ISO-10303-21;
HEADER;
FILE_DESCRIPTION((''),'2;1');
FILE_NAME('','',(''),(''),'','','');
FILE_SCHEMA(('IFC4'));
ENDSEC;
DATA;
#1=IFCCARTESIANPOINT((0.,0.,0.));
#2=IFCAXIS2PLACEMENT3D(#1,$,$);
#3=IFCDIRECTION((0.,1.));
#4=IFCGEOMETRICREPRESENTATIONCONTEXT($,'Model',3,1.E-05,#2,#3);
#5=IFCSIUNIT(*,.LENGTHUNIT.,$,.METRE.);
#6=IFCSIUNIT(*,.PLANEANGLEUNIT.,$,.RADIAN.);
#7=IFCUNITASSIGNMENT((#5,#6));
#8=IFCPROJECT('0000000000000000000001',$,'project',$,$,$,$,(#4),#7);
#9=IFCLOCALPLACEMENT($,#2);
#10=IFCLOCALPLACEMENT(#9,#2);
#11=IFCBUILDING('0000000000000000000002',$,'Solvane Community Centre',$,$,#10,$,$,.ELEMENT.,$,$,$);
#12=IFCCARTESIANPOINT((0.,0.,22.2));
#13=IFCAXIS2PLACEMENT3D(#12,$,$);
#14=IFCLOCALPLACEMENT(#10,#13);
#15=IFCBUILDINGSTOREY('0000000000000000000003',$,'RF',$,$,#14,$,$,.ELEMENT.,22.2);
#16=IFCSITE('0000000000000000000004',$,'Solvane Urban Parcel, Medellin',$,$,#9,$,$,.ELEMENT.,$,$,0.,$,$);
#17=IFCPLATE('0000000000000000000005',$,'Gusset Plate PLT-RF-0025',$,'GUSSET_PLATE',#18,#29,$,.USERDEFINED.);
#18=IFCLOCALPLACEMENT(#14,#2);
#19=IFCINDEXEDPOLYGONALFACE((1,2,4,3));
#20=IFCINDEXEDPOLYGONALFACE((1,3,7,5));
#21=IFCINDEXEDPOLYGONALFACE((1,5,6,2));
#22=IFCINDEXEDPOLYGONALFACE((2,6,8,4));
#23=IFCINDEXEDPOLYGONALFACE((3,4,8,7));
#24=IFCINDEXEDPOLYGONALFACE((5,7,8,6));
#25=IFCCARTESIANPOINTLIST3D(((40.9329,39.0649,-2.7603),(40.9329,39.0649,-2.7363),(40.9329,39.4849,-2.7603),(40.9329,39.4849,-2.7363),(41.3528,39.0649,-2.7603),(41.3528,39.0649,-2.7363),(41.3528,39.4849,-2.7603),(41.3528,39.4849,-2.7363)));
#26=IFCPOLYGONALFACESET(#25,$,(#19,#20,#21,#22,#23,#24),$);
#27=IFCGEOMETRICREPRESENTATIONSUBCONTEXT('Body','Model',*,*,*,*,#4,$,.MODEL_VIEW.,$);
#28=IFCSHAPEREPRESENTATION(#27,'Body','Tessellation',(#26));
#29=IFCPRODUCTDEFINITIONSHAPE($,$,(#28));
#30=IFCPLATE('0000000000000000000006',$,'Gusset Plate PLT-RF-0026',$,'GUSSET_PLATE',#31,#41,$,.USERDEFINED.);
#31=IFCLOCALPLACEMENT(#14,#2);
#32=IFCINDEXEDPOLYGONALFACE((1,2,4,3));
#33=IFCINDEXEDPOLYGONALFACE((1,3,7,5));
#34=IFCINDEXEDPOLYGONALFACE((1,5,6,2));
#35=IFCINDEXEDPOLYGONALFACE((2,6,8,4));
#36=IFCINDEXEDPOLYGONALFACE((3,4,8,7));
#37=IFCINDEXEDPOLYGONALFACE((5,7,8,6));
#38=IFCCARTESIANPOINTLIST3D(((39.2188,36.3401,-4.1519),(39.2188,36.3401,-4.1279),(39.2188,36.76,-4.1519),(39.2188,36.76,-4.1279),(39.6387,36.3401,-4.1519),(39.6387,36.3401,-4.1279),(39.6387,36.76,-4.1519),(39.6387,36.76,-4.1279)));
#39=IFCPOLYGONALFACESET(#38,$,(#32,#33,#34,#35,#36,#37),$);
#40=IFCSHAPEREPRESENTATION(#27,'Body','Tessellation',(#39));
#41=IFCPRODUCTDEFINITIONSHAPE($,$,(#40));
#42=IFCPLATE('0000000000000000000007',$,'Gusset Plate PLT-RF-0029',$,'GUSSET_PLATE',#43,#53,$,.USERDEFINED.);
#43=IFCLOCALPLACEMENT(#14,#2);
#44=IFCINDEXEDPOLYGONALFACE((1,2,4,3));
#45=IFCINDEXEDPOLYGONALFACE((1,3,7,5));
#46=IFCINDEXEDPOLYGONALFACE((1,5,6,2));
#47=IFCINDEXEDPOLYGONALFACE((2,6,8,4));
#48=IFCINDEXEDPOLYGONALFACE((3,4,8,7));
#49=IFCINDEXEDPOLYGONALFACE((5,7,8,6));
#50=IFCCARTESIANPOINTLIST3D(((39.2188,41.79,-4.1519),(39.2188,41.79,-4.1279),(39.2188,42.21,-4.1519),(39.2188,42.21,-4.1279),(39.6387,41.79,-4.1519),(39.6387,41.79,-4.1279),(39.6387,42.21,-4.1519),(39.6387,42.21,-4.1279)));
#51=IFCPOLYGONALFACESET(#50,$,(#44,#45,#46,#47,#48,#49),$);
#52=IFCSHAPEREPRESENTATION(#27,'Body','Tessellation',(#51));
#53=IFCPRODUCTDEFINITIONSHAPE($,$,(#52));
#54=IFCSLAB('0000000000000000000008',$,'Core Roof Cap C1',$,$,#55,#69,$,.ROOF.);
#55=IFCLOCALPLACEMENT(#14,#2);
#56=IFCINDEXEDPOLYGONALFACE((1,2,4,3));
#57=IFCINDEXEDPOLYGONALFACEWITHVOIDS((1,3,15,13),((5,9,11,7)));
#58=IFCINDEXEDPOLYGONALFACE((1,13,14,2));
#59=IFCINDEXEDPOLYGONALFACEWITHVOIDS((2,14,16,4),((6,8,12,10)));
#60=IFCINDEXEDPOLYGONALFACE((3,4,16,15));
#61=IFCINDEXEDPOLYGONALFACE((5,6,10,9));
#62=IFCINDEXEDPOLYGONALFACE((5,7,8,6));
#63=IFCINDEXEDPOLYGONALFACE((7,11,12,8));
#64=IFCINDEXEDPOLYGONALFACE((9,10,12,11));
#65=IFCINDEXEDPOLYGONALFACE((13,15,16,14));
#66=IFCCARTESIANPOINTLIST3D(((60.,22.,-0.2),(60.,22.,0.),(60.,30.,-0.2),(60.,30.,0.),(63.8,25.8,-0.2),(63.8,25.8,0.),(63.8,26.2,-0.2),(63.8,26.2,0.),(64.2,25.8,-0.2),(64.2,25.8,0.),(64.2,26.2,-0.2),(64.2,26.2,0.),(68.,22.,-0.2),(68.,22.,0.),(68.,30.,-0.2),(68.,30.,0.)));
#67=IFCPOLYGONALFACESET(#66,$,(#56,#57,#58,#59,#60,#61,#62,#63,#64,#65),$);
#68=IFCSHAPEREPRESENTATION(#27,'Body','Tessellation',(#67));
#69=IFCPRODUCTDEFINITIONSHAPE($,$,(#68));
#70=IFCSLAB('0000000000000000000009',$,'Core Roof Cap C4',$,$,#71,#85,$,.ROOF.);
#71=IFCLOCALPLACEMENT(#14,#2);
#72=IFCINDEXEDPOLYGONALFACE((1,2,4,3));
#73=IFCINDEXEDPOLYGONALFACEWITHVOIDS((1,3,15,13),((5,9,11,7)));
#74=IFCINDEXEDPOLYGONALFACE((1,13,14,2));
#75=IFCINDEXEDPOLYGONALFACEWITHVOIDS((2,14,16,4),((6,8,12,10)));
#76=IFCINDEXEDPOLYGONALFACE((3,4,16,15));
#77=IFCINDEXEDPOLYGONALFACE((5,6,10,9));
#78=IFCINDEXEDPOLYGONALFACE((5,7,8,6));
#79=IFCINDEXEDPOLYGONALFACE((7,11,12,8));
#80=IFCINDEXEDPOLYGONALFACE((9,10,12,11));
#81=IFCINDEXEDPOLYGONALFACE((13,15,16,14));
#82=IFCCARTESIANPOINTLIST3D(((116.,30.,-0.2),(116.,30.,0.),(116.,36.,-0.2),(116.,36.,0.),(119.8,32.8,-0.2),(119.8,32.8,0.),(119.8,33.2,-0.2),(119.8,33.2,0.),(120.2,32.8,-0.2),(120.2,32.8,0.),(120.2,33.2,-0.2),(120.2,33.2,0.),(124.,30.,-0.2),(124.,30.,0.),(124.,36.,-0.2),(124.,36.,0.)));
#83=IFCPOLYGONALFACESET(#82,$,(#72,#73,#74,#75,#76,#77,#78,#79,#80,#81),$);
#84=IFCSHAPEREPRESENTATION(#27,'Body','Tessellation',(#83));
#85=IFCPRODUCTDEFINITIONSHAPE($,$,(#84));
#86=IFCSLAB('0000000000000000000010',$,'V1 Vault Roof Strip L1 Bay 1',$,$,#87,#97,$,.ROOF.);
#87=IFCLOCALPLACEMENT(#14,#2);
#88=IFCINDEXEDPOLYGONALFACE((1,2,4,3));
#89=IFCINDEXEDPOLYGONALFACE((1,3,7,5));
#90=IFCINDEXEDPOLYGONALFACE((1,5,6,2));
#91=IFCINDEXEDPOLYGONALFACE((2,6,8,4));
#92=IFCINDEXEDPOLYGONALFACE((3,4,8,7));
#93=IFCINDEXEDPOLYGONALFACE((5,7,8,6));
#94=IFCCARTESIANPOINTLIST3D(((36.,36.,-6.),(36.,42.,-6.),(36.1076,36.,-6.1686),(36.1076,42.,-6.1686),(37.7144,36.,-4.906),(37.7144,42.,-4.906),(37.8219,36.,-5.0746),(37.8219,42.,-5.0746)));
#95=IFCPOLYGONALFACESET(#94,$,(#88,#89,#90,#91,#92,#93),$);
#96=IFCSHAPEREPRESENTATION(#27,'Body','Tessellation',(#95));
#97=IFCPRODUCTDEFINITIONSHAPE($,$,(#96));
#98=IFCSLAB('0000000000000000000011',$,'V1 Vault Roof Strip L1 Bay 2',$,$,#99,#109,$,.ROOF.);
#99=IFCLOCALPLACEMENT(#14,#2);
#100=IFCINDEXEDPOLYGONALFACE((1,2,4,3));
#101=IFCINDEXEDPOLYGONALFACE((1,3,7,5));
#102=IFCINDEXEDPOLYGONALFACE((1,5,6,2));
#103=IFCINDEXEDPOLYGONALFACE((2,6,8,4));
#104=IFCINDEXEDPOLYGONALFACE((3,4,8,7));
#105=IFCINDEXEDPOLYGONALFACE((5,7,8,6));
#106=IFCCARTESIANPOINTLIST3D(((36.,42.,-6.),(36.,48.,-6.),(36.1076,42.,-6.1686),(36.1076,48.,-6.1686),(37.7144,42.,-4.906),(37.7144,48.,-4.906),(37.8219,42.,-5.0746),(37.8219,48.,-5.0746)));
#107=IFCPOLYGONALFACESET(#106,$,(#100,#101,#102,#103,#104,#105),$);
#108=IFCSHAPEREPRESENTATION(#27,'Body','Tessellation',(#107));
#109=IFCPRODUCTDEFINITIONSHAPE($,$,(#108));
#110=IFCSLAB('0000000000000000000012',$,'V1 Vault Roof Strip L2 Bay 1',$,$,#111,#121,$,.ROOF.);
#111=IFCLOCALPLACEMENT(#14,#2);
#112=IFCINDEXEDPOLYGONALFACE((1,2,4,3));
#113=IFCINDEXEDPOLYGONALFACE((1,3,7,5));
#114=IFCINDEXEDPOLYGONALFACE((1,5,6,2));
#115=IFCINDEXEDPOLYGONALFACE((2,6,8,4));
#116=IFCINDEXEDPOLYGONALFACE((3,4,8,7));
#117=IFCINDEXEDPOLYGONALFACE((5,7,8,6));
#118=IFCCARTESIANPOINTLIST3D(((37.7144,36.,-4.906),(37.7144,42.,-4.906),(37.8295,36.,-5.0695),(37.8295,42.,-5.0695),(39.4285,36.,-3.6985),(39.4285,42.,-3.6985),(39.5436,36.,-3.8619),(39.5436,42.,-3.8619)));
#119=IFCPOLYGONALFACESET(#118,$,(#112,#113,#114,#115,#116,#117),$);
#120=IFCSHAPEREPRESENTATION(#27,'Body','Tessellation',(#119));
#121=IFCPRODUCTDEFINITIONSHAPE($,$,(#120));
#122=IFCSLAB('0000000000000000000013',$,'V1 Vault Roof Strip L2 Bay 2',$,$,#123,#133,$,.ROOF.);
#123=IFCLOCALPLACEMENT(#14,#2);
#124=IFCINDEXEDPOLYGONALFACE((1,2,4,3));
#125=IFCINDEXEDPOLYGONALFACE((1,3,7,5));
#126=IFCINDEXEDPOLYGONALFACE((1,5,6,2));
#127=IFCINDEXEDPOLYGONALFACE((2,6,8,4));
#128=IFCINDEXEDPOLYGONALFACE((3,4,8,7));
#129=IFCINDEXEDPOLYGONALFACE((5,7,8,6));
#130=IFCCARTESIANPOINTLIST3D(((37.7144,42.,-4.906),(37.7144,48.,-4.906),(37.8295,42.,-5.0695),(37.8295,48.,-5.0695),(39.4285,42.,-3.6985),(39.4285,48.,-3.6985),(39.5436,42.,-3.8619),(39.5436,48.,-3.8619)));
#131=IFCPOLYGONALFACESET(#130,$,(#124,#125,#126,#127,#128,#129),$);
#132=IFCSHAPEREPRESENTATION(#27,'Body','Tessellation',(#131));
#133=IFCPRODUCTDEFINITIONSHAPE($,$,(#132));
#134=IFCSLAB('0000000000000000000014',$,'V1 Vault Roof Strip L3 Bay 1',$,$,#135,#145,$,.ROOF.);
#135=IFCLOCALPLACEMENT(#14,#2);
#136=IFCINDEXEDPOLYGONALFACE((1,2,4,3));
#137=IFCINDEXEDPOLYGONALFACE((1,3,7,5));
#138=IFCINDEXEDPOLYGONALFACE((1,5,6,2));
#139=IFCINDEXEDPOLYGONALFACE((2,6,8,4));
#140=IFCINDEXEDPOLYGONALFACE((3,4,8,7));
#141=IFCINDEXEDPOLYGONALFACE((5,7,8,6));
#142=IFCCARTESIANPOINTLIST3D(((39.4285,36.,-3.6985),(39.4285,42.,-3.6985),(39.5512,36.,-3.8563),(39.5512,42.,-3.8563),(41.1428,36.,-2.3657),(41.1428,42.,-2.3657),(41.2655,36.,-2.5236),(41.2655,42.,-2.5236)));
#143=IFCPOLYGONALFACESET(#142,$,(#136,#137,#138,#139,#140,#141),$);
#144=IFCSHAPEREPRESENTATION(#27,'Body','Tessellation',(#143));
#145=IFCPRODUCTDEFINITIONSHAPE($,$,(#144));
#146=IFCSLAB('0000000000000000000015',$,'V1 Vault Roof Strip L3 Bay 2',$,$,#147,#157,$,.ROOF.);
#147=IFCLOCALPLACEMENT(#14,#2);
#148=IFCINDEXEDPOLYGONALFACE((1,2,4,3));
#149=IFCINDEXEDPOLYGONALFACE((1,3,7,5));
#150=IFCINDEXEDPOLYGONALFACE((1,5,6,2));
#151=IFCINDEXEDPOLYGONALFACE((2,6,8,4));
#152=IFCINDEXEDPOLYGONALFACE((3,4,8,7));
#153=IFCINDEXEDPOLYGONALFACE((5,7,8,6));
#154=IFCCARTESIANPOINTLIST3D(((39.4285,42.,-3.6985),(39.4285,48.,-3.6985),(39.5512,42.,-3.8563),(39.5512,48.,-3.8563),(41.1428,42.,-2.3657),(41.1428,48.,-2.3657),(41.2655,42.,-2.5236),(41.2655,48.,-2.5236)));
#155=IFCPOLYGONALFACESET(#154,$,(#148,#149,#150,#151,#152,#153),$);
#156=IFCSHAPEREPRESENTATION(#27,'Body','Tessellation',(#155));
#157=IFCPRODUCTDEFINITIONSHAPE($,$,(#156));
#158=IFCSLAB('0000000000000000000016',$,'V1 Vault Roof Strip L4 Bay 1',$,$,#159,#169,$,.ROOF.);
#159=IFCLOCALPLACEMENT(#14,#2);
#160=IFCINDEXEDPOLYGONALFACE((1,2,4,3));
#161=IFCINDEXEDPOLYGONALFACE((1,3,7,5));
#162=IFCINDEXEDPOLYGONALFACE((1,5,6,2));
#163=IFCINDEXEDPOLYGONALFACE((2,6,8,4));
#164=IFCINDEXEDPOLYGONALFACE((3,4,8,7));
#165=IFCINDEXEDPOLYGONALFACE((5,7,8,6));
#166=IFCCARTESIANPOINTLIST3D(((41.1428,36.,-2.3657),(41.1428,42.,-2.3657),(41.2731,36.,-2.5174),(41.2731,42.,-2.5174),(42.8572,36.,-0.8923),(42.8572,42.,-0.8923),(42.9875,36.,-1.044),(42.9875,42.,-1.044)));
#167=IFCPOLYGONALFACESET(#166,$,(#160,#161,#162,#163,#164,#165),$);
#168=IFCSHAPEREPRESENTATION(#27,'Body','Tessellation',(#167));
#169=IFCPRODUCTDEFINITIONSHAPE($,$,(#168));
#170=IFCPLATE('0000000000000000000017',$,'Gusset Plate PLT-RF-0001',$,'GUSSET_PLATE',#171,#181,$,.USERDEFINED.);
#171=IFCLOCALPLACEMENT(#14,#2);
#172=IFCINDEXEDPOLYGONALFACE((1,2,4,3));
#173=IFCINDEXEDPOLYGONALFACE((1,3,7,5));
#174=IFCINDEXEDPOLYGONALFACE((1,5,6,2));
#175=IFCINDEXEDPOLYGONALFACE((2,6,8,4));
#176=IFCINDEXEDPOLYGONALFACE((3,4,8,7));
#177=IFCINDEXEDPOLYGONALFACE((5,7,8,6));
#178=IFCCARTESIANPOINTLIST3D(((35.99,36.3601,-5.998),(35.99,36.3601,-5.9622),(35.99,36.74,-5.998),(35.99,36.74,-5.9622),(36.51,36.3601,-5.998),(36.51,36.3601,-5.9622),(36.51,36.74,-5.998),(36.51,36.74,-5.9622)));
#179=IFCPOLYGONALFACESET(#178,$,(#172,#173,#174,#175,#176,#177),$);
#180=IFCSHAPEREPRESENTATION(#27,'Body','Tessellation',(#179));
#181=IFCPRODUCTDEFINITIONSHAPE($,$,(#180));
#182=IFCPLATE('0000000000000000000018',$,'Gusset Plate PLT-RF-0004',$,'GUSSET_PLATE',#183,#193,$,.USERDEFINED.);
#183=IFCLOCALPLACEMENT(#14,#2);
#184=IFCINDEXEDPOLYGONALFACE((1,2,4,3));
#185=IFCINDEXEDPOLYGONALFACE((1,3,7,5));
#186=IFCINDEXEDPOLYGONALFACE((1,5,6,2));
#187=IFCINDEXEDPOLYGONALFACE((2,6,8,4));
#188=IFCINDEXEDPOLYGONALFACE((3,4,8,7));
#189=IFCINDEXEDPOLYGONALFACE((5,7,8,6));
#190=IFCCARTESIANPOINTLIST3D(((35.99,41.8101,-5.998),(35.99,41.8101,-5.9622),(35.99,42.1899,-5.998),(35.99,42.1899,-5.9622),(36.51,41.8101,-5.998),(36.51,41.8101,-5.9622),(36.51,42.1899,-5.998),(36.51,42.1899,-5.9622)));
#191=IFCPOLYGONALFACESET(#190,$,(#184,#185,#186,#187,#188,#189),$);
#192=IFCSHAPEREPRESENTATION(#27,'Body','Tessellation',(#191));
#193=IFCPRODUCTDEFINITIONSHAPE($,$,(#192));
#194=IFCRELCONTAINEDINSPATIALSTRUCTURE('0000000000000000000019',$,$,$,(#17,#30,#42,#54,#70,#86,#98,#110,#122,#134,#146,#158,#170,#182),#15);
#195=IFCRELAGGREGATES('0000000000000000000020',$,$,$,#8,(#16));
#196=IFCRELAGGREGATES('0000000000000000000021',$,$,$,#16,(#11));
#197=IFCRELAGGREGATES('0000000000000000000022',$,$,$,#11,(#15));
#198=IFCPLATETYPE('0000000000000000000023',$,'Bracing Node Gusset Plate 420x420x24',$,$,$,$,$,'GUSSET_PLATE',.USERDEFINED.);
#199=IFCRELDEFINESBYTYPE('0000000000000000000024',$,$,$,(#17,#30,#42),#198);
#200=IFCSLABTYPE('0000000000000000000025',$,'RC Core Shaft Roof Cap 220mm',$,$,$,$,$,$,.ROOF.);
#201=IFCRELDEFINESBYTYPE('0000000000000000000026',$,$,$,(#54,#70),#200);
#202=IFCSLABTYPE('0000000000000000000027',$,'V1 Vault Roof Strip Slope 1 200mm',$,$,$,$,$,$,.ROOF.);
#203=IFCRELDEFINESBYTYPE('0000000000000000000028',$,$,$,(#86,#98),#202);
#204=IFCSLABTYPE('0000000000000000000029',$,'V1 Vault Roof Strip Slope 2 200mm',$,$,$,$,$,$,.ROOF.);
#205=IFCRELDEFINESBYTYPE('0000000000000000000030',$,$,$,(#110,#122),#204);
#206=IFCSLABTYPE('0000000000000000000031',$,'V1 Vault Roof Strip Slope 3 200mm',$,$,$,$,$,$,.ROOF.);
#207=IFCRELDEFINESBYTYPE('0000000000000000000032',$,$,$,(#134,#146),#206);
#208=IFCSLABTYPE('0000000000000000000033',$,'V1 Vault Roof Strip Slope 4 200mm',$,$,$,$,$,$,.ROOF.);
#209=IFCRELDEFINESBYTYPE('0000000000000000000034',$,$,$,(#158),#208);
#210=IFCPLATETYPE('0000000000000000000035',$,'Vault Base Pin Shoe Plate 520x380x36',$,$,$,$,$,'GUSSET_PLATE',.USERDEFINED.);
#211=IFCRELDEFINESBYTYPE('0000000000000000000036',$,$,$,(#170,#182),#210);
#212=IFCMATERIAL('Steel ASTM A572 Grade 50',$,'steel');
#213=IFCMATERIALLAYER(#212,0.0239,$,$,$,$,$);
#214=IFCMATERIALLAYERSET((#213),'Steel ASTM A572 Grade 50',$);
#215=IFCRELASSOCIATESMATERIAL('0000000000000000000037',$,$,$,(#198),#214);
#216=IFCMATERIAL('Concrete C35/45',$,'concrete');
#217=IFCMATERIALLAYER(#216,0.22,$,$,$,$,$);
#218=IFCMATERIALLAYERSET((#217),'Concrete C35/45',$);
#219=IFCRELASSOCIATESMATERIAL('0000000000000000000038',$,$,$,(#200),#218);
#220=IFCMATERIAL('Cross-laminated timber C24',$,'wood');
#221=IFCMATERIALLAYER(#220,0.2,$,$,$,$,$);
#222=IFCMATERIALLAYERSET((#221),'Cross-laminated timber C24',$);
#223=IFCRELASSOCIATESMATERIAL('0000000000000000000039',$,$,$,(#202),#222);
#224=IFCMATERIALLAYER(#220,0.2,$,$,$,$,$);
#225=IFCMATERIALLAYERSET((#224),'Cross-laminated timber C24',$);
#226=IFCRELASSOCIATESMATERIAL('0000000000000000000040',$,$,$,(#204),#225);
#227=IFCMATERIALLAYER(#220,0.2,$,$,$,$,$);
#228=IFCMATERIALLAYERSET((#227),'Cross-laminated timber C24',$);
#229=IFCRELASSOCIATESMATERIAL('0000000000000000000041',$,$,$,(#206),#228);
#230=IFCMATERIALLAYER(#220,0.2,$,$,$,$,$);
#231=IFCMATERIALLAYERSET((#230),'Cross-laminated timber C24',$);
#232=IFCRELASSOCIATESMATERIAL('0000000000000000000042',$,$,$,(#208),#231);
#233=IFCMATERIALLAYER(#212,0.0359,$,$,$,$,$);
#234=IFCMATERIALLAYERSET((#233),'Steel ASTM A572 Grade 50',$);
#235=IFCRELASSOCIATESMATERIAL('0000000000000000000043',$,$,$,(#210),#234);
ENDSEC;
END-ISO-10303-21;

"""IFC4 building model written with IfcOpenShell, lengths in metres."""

from ifc_helpers import new_model, si_unit, direction, frame, origin, origin_2d, place, context, subcontext, project, spatial, polyline, rectangle, outline, extrude, material, layer, layer_set, type_object, element, save


model = new_model("IFC4")

# Units and contexts
model_context = context("Model", 3, precision=1e-05, world=origin(), true_north=direction((0.0, 1.0)))
body_context = subcontext(model_context, "Body", "Model", "MODEL_VIEW")
ifc_project = project(units=[si_unit("LENGTHUNIT", "METRE"), si_unit("PLANEANGLEUNIT", "RADIAN")], contexts=[model_context])

# Site, building, storey
site_placement = place(None, origin())
site = spatial("IfcSite", under=ifc_project, at=site_placement, Name="Solvane Urban Parcel, Medellin", CompositionType="ELEMENT", RefElevation=0.0)
building_placement = place(site_placement, origin())
building = spatial("IfcBuilding", under=site, at=building_placement, Name="Solvane Community Centre", CompositionType="ELEMENT")
storey_placement = place(building_placement, frame((0.0, 0.0, 22.2)))
storey = spatial("IfcBuildingStorey", under=building, at=storey_placement, Name="RF", CompositionType="ELEMENT", Elevation=22.2)

# Shared definitions
ifc_material_1 = material(Name="Steel ASTM A572 Grade 50", Category="steel")

# Plates
ifc_layer_1 = layer(ifc_material_1, 0.0239)
ifc_layer_set_1 = layer_set([ifc_layer_1], Name="Steel ASTM A572 Grade 50")
plate_type_1 = type_object("IfcPlateType", Name="Bracing Node Gusset Plate 420x420x24", ElementType="GUSSET_PLATE", PredefinedType="USERDEFINED", material=ifc_layer_set_1)
for number, where, z_axis, x_axis, name in (
    (1, (41.1428, 39.2749, -2.7603), (0.0, 0.0, 1.0), (1.0, 0.0, 0.0), "Gusset Plate PLT-RF-0025"),
    (2, (39.4287, 36.55, -4.1519), (0.0, 0.0, 1.0), (1.0, 0.0, 0.0), "Gusset Plate PLT-RF-0026"),
    (3, (39.4287, 42.0, -4.1519), (0.0, 0.0, 1.0), (1.0, 0.0, 0.0), "Gusset Plate PLT-RF-0029"),
):
    element("IfcPlate", number, at=place(storey_placement, frame(where, z_axis=z_axis, x_axis=x_axis)), inside=storey, type_object=plate_type_1, Name=name, ObjectType="GUSSET_PLATE", PredefinedType="USERDEFINED", context=body_context, shape_type="SweptSolid", body=[
        extrude(rectangle(XDim=0.4199, YDim=0.4199, at=origin_2d()), origin(), (0.0, 0.0, 1.0), 0.0239),
    ])

# Slabs
ifc_material_2 = material(Name="Concrete C35/45", Category="concrete")
ifc_layer_2 = layer(ifc_material_2, 0.22)
ifc_layer_set_2 = layer_set([ifc_layer_2], Name="Concrete C35/45")
slab_type_1 = type_object("IfcSlabType", Name="RC Core Shaft Roof Cap 220mm", PredefinedType="ROOF", material=ifc_layer_set_2)
slab_1_placement = place(storey_placement, frame((0.0, 0.0, -0.2)))
element("IfcSlab", 4, at=slab_1_placement, inside=storey, type_object=slab_type_1, Name="Core Roof Cap C1", PredefinedType="ROOF", context=body_context, shape_type="SweptSolid", body=[
    extrude(outline(polyline([(60.0, 22.0), (68.0, 22.0), (68.0, 30.0), (60.0, 30.0), (60.0, 22.0)]), holes=[polyline([(63.8, 25.8), (64.2, 25.8), (64.2, 26.2), (63.8, 26.2), (63.8, 25.8)])]), origin(), (0.0, 0.0, 1.0), 0.2),
])
slab_2_placement = place(storey_placement, frame((0.0, 0.0, -0.2)))
element("IfcSlab", 5, at=slab_2_placement, inside=storey, type_object=slab_type_1, Name="Core Roof Cap C4", PredefinedType="ROOF", context=body_context, shape_type="SweptSolid", body=[
    extrude(outline(polyline([(116.0, 30.0), (124.0, 30.0), (124.0, 36.0), (116.0, 36.0), (116.0, 30.0)]), holes=[polyline([(119.8, 32.8), (120.2, 32.8), (120.2, 33.2), (119.8, 33.2), (119.8, 32.8)])]), origin(), (0.0, 0.0, 1.0), 0.2),
])
ifc_material_3 = material(Name="Cross-laminated timber C24", Category="wood")
ifc_layer_3 = layer(ifc_material_3, 0.2)
ifc_layer_set_3 = layer_set([ifc_layer_3], Name="Cross-laminated timber C24")
slab_type_2 = type_object("IfcSlabType", Name="V1 Vault Roof Strip Slope 1 200mm", PredefinedType="ROOF", material=ifc_layer_set_3)
for number, where, z_axis, x_axis, name in (
    (6, (36.0, 36.0, -6.0), (-0.537939, 0.0, 0.842984), (0.842984, 0.0, 0.537939), "V1 Vault Roof Strip L1 Bay 1"),
    (7, (36.0, 42.0, -6.0), (-0.537939, 0.0, 0.842984), (0.842984, 0.0, 0.537939), "V1 Vault Roof Strip L1 Bay 2"),
):
    element("IfcSlab", number, at=place(storey_placement, frame(where, z_axis=z_axis, x_axis=x_axis)), inside=storey, type_object=slab_type_2, Name=name, PredefinedType="ROOF", context=body_context, shape_type="SweptSolid", body=[
        extrude(outline(polyline([(0.0, 0.0), (2.0337, 0.0), (2.0337, 6.0), (0.0, 6.0), (0.0, 0.0)])), origin(), (0.0, 0.0, -1.0), 0.2),
    ])
ifc_layer_4 = layer(ifc_material_3, 0.2)
ifc_layer_set_4 = layer_set([ifc_layer_4], Name="Cross-laminated timber C24")
slab_type_3 = type_object("IfcSlabType", Name="V1 Vault Roof Strip Slope 2 200mm", PredefinedType="ROOF", material=ifc_layer_set_4)
for number, where, z_axis, x_axis, name in (
    (8, (37.7144, 36.0, -4.906), (-0.575906, 0.0, 0.817516), (0.817516, 0.0, 0.575906), "V1 Vault Roof Strip L2 Bay 1"),
    (9, (37.7144, 42.0, -4.906), (-0.575906, 0.0, 0.817516), (0.817516, 0.0, 0.575906), "V1 Vault Roof Strip L2 Bay 2"),
):
    element("IfcSlab", number, at=place(storey_placement, frame(where, z_axis=z_axis, x_axis=x_axis)), inside=storey, type_object=slab_type_3, Name=name, PredefinedType="ROOF", context=body_context, shape_type="SweptSolid", body=[
        extrude(outline(polyline([(0.0, 0.0), (2.0967, 0.0), (2.0967, 6.0), (0.0, 6.0), (0.0, 0.0)])), origin(), (0.0, 0.0, -1.0), 0.2),
    ])
ifc_layer_5 = layer(ifc_material_3, 0.2)
ifc_layer_set_5 = layer_set([ifc_layer_5], Name="Cross-laminated timber C24")
slab_type_4 = type_object("IfcSlabType", Name="V1 Vault Roof Strip Slope 3 200mm", PredefinedType="ROOF", material=ifc_layer_set_5)
for number, where, z_axis, x_axis, name in (
    (10, (39.4285, 36.0, -3.6985), (-0.613762, 0.0, 0.789491), (0.789491, 0.0, 0.613762), "V1 Vault Roof Strip L3 Bay 1"),
    (11, (39.4285, 42.0, -3.6985), (-0.613762, 0.0, 0.789491), (0.789491, 0.0, 0.613762), "V1 Vault Roof Strip L3 Bay 2"),
):
    element("IfcSlab", number, at=place(storey_placement, frame(where, z_axis=z_axis, x_axis=x_axis)), inside=storey, type_object=slab_type_4, Name=name, PredefinedType="ROOF", context=body_context, shape_type="SweptSolid", body=[
        extrude(outline(polyline([(0.0, 0.0), (2.1715, 0.0), (2.1715, 6.0), (0.0, 6.0), (0.0, 0.0)])), origin(), (0.0, 0.0, -1.0), 0.2),
    ])
ifc_layer_6 = layer(ifc_material_3, 0.2)
ifc_layer_set_6 = layer_set([ifc_layer_6], Name="Cross-laminated timber C24")
slab_type_5 = type_object("IfcSlabType", Name="V1 Vault Roof Strip Slope 4 200mm", PredefinedType="ROOF", material=ifc_layer_set_6)
slab_3_placement = place(storey_placement, frame((41.1428, 36.0, -2.3657), z_axis=(-0.651796, 0.0, 0.758394), x_axis=(0.758394, 0.0, 0.651796)))
element("IfcSlab", 12, at=slab_3_placement, inside=storey, type_object=slab_type_5, Name="V1 Vault Roof Strip L4 Bay 1", PredefinedType="ROOF", context=body_context, shape_type="SweptSolid", body=[
    extrude(outline(polyline([(0.0, 0.0), (2.2605, 0.0), (2.2605, 6.0), (0.0, 6.0), (0.0, 0.0)])), origin(), (0.0, 0.0, -1.0), 0.2),
])

# Plates
ifc_layer_7 = layer(ifc_material_1, 0.0359)
ifc_layer_set_7 = layer_set([ifc_layer_7], Name="Steel ASTM A572 Grade 50")
plate_type_2 = type_object("IfcPlateType", Name="Vault Base Pin Shoe Plate 520x380x36", ElementType="GUSSET_PLATE", PredefinedType="USERDEFINED", material=ifc_layer_set_7)
for number, where, z_axis, x_axis, name in (
    (13, (36.25, 36.55, -5.998), (0.0, 0.0, 1.0), (1.0, 0.0, 0.0), "Gusset Plate PLT-RF-0001"),
    (14, (36.25, 42.0, -5.998), (0.0, 0.0, 1.0), (1.0, 0.0, 0.0), "Gusset Plate PLT-RF-0004"),
):
    element("IfcPlate", number, at=place(storey_placement, frame(where, z_axis=z_axis, x_axis=x_axis)), inside=storey, type_object=plate_type_2, Name=name, ObjectType="GUSSET_PLATE", PredefinedType="USERDEFINED", context=body_context, shape_type="SweptSolid", body=[
        extrude(rectangle(XDim=0.52, YDim=0.3799, at=origin_2d()), origin(), (0.0, 0.0, 1.0), 0.0359),
    ])

save(model, "model.ifc")
